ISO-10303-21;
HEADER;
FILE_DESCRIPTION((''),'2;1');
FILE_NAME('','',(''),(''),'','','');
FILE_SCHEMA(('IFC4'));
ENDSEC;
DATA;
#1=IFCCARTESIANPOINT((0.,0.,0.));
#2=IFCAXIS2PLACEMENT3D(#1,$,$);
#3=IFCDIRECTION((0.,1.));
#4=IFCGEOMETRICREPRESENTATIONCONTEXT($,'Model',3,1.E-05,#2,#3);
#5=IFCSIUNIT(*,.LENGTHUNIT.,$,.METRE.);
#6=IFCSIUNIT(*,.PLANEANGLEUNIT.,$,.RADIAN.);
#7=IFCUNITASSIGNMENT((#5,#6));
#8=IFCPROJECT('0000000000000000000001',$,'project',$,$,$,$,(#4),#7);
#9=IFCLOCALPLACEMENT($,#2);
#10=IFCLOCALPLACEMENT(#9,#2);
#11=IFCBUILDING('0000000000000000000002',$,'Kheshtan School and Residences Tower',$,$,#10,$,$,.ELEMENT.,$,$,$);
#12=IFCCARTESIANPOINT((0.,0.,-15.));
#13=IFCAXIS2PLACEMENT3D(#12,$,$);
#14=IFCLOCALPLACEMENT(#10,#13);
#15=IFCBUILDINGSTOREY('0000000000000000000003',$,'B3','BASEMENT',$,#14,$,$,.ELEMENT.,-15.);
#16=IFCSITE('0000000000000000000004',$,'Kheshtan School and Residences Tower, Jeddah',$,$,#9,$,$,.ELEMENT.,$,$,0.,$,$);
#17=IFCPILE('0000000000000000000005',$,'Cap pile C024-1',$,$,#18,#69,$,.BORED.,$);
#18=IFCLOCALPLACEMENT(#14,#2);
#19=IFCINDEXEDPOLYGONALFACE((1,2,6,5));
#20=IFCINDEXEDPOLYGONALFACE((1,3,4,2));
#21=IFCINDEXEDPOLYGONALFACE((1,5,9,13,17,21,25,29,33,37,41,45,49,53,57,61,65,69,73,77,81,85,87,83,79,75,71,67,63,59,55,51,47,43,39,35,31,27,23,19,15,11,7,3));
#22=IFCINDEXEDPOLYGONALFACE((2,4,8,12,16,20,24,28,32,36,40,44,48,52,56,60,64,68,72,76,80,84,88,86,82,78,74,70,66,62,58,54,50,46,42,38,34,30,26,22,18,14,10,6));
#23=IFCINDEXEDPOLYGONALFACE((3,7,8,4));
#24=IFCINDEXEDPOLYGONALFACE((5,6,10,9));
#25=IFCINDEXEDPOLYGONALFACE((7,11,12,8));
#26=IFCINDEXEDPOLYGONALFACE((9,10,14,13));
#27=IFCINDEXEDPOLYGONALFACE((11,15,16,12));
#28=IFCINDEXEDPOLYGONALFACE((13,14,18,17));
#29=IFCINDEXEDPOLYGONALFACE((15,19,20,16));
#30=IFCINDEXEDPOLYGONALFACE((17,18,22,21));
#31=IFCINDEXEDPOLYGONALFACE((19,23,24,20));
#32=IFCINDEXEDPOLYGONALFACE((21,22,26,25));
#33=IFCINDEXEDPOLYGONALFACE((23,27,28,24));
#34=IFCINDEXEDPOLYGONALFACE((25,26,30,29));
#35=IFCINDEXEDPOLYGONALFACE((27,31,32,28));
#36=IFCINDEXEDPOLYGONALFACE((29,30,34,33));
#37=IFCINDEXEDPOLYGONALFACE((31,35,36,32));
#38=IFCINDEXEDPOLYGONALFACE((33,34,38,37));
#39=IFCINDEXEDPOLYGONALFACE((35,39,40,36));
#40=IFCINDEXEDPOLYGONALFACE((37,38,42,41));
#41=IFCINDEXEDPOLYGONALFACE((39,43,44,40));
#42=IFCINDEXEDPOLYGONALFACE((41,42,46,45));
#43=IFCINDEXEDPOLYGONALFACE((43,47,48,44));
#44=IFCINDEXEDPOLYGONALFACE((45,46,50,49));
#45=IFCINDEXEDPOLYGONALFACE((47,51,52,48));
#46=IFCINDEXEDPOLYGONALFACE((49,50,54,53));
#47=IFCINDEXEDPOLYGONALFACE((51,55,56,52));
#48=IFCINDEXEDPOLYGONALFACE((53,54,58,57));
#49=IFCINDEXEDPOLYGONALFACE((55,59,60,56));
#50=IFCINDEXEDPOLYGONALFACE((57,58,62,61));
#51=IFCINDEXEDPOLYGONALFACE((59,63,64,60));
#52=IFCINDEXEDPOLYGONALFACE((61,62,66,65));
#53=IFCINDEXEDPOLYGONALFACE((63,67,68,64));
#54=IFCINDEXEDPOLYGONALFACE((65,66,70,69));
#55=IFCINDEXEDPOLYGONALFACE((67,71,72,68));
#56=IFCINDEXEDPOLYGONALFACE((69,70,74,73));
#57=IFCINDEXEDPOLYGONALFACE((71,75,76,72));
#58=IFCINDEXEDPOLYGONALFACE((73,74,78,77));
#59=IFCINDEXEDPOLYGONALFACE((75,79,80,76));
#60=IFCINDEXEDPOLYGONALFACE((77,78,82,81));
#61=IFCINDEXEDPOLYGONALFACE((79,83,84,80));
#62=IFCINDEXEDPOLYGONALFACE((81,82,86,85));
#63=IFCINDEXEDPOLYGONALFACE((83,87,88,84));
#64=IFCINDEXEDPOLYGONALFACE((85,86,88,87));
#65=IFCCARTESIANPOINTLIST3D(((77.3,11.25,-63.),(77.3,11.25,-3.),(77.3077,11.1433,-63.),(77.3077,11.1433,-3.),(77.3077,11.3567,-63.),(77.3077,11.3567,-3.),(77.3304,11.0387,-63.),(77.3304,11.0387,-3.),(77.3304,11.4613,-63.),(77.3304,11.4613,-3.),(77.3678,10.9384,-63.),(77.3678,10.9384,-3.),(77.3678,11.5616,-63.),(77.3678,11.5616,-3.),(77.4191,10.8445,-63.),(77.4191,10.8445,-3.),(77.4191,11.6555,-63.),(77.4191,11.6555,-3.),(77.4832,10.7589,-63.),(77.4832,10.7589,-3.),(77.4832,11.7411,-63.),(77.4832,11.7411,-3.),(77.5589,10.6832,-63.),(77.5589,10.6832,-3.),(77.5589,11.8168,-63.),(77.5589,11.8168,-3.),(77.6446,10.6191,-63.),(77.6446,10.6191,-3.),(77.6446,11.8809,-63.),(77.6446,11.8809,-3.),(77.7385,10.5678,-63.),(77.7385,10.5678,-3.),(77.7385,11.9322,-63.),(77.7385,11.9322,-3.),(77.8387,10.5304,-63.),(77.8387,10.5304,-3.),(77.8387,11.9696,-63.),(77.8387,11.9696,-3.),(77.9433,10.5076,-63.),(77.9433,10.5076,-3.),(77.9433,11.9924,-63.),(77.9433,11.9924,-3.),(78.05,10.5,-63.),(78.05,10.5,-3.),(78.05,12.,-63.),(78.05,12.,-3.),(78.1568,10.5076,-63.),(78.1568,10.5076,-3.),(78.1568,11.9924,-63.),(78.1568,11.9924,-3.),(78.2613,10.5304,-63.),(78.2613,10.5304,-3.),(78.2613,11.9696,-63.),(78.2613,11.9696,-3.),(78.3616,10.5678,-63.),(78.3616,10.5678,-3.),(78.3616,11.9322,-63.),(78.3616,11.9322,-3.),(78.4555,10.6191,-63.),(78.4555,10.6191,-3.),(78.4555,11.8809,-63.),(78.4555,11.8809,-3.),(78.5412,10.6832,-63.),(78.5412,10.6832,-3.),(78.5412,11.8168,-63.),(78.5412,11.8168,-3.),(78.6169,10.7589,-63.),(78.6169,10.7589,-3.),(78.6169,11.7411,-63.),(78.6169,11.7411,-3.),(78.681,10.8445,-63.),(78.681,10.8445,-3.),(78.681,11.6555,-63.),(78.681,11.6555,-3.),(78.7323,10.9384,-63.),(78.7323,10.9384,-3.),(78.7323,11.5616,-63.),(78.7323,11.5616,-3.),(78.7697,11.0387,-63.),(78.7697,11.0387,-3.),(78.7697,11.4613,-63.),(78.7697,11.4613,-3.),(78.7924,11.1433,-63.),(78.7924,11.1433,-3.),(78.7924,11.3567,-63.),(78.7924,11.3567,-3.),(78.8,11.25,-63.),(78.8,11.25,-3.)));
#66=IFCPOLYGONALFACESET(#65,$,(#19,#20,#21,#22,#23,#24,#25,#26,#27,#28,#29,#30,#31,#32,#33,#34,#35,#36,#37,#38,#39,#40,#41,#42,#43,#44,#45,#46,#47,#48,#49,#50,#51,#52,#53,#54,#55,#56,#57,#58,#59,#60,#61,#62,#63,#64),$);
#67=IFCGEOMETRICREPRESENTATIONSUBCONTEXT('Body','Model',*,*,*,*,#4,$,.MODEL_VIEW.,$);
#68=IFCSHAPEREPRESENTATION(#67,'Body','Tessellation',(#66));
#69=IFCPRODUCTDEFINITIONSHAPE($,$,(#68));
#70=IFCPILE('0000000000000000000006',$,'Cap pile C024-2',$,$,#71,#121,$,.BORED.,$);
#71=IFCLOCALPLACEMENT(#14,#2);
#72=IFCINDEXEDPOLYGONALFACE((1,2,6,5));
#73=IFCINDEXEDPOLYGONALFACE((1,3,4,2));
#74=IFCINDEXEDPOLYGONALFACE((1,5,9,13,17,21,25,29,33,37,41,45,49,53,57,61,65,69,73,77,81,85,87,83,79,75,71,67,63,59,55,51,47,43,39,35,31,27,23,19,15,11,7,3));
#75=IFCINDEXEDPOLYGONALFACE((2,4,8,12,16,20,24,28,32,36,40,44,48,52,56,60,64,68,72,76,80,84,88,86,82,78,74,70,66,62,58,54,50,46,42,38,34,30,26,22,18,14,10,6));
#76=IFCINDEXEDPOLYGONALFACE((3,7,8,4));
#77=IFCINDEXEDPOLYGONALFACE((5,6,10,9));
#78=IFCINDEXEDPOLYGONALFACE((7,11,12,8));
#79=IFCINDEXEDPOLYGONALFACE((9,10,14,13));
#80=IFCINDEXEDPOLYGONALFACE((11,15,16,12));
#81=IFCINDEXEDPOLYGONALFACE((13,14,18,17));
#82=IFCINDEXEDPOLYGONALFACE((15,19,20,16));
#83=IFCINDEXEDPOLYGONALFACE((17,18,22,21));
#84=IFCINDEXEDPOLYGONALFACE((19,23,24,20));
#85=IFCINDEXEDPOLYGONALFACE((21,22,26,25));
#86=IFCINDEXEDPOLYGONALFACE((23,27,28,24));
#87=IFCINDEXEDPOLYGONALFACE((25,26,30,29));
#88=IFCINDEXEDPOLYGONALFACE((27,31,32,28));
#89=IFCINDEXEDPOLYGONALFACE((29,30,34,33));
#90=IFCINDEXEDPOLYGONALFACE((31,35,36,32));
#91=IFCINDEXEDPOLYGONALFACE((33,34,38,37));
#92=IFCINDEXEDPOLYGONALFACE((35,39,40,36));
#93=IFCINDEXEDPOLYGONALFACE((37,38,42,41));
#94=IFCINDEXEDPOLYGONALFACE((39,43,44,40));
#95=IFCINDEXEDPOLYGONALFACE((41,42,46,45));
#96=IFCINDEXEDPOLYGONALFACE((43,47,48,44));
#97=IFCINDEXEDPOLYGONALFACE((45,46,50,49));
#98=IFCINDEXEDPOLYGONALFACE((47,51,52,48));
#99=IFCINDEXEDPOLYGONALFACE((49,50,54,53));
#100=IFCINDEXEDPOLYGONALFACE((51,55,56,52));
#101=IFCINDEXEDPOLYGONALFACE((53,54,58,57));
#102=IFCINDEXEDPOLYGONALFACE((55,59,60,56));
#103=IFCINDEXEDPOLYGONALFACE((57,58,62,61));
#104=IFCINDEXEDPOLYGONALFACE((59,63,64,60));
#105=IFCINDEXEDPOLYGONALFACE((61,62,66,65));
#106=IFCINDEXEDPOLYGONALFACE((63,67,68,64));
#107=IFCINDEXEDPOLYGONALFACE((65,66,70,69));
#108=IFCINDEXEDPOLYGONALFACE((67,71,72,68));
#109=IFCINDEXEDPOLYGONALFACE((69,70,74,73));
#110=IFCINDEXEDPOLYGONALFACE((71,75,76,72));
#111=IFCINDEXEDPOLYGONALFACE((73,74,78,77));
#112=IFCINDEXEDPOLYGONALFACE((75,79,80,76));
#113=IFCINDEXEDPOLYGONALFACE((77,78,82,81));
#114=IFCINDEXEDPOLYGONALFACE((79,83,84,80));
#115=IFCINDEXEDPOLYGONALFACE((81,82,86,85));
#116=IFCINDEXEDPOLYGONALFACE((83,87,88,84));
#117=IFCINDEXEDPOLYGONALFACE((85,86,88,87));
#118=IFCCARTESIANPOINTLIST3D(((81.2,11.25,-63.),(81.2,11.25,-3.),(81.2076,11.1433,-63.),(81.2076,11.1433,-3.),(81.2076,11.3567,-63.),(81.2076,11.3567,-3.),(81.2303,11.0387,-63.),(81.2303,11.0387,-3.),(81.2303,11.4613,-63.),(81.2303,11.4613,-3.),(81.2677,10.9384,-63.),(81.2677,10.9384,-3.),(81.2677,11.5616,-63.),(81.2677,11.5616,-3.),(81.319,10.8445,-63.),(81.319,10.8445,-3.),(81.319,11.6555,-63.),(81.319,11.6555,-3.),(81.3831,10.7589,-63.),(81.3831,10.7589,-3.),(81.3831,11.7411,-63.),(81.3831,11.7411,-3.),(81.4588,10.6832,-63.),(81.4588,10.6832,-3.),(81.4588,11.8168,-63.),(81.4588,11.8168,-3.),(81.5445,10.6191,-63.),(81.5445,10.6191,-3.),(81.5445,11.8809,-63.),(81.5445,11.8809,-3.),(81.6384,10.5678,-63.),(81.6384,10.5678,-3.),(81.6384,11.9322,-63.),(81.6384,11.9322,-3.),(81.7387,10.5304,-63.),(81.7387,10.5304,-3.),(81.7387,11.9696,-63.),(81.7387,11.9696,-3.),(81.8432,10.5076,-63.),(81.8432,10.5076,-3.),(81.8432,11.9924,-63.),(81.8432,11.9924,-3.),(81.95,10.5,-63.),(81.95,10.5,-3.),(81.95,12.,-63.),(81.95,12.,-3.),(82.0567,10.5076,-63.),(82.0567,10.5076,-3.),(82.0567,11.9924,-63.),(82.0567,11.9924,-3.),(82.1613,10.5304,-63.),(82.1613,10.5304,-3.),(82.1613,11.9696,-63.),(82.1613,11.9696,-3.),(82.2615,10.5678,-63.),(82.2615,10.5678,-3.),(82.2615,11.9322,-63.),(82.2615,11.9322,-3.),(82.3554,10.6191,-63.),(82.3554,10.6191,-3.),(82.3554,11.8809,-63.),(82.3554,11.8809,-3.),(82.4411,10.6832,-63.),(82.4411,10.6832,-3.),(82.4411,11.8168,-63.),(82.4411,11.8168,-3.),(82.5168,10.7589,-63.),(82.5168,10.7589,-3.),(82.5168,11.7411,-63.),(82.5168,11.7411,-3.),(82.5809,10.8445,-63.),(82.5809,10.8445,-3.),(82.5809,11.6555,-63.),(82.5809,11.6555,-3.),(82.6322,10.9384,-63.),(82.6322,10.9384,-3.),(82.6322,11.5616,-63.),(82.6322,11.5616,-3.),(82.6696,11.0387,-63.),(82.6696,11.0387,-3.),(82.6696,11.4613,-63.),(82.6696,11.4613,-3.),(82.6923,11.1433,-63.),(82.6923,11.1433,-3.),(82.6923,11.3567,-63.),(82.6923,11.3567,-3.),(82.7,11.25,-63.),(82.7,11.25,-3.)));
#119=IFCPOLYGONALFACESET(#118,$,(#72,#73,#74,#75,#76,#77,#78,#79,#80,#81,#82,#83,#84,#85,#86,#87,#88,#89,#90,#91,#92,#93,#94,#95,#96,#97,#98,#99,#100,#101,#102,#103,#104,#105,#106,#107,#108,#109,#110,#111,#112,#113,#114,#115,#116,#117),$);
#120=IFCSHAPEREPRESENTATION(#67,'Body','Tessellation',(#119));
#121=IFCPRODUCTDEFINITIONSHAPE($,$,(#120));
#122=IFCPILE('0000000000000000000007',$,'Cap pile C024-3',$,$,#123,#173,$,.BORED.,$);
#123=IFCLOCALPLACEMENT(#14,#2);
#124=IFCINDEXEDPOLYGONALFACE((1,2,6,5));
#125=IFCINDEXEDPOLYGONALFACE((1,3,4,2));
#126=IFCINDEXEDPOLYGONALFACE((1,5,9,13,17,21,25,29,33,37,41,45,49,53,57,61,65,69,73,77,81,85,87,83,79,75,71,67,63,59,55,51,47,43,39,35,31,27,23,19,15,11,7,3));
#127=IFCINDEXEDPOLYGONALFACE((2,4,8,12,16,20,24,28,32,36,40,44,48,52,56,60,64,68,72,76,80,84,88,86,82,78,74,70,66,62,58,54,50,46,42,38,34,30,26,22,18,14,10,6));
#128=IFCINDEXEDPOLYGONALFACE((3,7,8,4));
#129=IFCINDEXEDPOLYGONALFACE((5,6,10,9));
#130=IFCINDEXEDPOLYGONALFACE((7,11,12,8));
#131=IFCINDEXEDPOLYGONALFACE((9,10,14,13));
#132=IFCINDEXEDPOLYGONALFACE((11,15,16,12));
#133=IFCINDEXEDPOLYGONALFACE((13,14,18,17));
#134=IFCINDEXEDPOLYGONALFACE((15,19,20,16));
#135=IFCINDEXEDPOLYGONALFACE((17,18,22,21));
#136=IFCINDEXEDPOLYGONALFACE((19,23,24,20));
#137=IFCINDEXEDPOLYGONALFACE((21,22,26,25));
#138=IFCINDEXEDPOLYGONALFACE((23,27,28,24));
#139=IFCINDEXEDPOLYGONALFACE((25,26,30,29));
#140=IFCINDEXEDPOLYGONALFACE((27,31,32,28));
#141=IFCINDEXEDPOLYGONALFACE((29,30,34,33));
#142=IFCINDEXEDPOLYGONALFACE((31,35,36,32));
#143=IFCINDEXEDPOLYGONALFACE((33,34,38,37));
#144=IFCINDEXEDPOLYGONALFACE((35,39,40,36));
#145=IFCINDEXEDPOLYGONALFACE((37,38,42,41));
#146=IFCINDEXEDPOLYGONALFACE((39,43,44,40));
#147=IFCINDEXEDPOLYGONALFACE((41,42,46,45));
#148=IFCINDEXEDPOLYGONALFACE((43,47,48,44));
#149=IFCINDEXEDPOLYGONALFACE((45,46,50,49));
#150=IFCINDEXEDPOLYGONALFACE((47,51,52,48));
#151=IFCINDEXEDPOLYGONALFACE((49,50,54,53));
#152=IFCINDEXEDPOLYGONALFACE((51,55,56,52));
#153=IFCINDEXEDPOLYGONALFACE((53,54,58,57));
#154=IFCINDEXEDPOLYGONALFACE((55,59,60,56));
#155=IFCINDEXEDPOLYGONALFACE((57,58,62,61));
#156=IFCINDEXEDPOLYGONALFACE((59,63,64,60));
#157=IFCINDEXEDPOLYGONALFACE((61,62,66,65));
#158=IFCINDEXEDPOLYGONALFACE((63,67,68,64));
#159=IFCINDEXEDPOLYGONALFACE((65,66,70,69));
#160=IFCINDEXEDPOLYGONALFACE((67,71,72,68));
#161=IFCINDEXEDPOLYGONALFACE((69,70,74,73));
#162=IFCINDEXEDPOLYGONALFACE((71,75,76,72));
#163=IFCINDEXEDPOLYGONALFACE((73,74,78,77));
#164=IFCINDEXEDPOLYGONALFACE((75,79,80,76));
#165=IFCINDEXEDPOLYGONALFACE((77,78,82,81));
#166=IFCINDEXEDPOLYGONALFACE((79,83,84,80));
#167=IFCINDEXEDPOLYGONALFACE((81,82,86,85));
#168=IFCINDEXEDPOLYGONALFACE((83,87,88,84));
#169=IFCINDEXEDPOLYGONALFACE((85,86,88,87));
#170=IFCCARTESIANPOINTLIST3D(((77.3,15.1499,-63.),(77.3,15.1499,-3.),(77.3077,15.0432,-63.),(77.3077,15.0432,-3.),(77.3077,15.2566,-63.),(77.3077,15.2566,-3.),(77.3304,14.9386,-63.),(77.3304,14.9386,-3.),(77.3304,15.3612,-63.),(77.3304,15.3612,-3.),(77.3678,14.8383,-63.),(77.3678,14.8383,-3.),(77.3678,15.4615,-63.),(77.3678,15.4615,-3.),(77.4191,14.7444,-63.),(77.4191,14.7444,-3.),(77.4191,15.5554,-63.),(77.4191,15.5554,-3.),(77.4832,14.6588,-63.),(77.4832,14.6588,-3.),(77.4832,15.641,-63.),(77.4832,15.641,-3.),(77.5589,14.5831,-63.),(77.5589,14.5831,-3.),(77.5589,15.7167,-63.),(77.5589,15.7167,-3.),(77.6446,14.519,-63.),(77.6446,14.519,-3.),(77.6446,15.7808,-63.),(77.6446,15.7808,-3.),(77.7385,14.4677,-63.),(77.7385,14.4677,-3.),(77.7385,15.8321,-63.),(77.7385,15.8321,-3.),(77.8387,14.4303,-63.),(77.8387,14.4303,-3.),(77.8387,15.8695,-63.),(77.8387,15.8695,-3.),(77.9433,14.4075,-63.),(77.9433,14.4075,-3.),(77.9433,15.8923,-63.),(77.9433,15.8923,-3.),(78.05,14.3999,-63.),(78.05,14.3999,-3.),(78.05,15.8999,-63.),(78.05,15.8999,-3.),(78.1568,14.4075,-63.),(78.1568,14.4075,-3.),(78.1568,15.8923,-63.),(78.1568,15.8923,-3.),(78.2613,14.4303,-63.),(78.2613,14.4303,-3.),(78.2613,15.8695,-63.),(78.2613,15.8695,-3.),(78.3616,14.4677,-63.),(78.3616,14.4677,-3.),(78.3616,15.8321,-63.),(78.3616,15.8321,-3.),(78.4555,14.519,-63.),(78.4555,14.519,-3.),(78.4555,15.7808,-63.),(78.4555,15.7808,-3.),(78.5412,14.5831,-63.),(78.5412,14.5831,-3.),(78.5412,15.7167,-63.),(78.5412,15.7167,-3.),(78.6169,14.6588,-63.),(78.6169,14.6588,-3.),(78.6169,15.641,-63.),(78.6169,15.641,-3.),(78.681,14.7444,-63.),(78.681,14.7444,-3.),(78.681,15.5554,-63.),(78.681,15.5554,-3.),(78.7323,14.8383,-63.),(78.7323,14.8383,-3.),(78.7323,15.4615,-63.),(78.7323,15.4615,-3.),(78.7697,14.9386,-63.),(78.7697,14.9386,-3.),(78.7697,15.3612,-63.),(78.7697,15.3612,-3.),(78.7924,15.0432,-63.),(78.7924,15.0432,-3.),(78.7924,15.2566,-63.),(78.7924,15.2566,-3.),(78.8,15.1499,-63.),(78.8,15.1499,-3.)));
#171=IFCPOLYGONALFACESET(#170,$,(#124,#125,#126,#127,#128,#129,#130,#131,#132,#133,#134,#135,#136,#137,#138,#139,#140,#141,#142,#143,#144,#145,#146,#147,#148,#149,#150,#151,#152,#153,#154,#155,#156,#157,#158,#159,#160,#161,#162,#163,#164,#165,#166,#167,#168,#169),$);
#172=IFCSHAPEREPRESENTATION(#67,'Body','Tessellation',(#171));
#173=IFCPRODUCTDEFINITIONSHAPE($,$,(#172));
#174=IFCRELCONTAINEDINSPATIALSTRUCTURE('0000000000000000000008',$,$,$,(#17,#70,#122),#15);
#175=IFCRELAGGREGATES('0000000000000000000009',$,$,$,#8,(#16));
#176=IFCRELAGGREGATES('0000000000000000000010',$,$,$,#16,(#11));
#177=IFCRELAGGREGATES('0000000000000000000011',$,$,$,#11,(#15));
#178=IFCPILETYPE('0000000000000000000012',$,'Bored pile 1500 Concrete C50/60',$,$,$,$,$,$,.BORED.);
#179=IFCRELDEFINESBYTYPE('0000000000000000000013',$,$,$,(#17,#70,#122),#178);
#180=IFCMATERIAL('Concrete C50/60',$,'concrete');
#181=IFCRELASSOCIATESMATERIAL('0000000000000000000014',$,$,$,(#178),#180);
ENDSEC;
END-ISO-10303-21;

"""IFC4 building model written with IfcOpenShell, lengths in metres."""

from ifc_helpers import new_model, si_unit, direction, frame, origin, origin_2d, place, context, subcontext, project, spatial, circle, extrude, material, material_profile, profile_set, type_object, element, save


model = new_model("IFC4")

# Units and contexts
model_context = context("Model", 3, precision=1e-05, world=origin(), true_north=direction((0.0, 1.0)))
body_context = subcontext(model_context, "Body", "Model", "MODEL_VIEW")
ifc_project = project(units=[si_unit("LENGTHUNIT", "METRE"), si_unit("PLANEANGLEUNIT", "RADIAN")], contexts=[model_context])

# Site, building, storey
site_placement = place(None, origin())
site = spatial("IfcSite", under=ifc_project, at=site_placement, Name="Kheshtan School and Residences Tower, Jeddah", CompositionType="ELEMENT", RefElevation=0.0)
building_placement = place(site_placement, origin())
building = spatial("IfcBuilding", under=site, at=building_placement, Name="Kheshtan School and Residences Tower", CompositionType="ELEMENT")
storey_placement = place(building_placement, frame((0.0, 0.0, -15.0)))
storey = spatial("IfcBuildingStorey", under=building, at=storey_placement, Name="B3", Description="BASEMENT", CompositionType="ELEMENT", Elevation=-15.0)

# Piles
ifc_material_1 = material(Name="Concrete C50/60", Category="concrete")
ifc_material_profile_1 = material_profile(ifc_material_1, circle(Radius=0.75, at=origin_2d()), Name="BP 1500")
ifc_profile_set_1 = profile_set([ifc_material_profile_1], Name="Concrete C50/60")
pile_type_1 = type_object("IfcPileType", Name="Bored pile 1500 Concrete C50/60", PredefinedType="BORED", material=ifc_profile_set_1)
for number, where, z_axis, x_axis, name in (
    (1, (78.05, 11.25, -3.0), (0.0, 0.0, -1.0), (1.0, 0.0, 0.0), "Cap pile C024-1"),
    (2, (81.95, 11.25, -3.0), (0.0, 0.0, -1.0), (1.0, 0.0, 0.0), "Cap pile C024-2"),
    (3, (78.05, 15.1499, -3.0), (0.0, 0.0, -1.0), (1.0, 0.0, 0.0), "Cap pile C024-3"),
):
    element("IfcPile", number, at=place(storey_placement, frame(where, z_axis=z_axis, x_axis=x_axis)), inside=storey, type_object=pile_type_1, Name=name, PredefinedType="BORED", context=body_context, shape_type="SweptSolid", body=[
        extrude(circle(Radius=0.75, at=origin_2d()), origin(), (0.0, 0.0, 1.0), 60.0),
    ])

save(model, "model.ifc")
